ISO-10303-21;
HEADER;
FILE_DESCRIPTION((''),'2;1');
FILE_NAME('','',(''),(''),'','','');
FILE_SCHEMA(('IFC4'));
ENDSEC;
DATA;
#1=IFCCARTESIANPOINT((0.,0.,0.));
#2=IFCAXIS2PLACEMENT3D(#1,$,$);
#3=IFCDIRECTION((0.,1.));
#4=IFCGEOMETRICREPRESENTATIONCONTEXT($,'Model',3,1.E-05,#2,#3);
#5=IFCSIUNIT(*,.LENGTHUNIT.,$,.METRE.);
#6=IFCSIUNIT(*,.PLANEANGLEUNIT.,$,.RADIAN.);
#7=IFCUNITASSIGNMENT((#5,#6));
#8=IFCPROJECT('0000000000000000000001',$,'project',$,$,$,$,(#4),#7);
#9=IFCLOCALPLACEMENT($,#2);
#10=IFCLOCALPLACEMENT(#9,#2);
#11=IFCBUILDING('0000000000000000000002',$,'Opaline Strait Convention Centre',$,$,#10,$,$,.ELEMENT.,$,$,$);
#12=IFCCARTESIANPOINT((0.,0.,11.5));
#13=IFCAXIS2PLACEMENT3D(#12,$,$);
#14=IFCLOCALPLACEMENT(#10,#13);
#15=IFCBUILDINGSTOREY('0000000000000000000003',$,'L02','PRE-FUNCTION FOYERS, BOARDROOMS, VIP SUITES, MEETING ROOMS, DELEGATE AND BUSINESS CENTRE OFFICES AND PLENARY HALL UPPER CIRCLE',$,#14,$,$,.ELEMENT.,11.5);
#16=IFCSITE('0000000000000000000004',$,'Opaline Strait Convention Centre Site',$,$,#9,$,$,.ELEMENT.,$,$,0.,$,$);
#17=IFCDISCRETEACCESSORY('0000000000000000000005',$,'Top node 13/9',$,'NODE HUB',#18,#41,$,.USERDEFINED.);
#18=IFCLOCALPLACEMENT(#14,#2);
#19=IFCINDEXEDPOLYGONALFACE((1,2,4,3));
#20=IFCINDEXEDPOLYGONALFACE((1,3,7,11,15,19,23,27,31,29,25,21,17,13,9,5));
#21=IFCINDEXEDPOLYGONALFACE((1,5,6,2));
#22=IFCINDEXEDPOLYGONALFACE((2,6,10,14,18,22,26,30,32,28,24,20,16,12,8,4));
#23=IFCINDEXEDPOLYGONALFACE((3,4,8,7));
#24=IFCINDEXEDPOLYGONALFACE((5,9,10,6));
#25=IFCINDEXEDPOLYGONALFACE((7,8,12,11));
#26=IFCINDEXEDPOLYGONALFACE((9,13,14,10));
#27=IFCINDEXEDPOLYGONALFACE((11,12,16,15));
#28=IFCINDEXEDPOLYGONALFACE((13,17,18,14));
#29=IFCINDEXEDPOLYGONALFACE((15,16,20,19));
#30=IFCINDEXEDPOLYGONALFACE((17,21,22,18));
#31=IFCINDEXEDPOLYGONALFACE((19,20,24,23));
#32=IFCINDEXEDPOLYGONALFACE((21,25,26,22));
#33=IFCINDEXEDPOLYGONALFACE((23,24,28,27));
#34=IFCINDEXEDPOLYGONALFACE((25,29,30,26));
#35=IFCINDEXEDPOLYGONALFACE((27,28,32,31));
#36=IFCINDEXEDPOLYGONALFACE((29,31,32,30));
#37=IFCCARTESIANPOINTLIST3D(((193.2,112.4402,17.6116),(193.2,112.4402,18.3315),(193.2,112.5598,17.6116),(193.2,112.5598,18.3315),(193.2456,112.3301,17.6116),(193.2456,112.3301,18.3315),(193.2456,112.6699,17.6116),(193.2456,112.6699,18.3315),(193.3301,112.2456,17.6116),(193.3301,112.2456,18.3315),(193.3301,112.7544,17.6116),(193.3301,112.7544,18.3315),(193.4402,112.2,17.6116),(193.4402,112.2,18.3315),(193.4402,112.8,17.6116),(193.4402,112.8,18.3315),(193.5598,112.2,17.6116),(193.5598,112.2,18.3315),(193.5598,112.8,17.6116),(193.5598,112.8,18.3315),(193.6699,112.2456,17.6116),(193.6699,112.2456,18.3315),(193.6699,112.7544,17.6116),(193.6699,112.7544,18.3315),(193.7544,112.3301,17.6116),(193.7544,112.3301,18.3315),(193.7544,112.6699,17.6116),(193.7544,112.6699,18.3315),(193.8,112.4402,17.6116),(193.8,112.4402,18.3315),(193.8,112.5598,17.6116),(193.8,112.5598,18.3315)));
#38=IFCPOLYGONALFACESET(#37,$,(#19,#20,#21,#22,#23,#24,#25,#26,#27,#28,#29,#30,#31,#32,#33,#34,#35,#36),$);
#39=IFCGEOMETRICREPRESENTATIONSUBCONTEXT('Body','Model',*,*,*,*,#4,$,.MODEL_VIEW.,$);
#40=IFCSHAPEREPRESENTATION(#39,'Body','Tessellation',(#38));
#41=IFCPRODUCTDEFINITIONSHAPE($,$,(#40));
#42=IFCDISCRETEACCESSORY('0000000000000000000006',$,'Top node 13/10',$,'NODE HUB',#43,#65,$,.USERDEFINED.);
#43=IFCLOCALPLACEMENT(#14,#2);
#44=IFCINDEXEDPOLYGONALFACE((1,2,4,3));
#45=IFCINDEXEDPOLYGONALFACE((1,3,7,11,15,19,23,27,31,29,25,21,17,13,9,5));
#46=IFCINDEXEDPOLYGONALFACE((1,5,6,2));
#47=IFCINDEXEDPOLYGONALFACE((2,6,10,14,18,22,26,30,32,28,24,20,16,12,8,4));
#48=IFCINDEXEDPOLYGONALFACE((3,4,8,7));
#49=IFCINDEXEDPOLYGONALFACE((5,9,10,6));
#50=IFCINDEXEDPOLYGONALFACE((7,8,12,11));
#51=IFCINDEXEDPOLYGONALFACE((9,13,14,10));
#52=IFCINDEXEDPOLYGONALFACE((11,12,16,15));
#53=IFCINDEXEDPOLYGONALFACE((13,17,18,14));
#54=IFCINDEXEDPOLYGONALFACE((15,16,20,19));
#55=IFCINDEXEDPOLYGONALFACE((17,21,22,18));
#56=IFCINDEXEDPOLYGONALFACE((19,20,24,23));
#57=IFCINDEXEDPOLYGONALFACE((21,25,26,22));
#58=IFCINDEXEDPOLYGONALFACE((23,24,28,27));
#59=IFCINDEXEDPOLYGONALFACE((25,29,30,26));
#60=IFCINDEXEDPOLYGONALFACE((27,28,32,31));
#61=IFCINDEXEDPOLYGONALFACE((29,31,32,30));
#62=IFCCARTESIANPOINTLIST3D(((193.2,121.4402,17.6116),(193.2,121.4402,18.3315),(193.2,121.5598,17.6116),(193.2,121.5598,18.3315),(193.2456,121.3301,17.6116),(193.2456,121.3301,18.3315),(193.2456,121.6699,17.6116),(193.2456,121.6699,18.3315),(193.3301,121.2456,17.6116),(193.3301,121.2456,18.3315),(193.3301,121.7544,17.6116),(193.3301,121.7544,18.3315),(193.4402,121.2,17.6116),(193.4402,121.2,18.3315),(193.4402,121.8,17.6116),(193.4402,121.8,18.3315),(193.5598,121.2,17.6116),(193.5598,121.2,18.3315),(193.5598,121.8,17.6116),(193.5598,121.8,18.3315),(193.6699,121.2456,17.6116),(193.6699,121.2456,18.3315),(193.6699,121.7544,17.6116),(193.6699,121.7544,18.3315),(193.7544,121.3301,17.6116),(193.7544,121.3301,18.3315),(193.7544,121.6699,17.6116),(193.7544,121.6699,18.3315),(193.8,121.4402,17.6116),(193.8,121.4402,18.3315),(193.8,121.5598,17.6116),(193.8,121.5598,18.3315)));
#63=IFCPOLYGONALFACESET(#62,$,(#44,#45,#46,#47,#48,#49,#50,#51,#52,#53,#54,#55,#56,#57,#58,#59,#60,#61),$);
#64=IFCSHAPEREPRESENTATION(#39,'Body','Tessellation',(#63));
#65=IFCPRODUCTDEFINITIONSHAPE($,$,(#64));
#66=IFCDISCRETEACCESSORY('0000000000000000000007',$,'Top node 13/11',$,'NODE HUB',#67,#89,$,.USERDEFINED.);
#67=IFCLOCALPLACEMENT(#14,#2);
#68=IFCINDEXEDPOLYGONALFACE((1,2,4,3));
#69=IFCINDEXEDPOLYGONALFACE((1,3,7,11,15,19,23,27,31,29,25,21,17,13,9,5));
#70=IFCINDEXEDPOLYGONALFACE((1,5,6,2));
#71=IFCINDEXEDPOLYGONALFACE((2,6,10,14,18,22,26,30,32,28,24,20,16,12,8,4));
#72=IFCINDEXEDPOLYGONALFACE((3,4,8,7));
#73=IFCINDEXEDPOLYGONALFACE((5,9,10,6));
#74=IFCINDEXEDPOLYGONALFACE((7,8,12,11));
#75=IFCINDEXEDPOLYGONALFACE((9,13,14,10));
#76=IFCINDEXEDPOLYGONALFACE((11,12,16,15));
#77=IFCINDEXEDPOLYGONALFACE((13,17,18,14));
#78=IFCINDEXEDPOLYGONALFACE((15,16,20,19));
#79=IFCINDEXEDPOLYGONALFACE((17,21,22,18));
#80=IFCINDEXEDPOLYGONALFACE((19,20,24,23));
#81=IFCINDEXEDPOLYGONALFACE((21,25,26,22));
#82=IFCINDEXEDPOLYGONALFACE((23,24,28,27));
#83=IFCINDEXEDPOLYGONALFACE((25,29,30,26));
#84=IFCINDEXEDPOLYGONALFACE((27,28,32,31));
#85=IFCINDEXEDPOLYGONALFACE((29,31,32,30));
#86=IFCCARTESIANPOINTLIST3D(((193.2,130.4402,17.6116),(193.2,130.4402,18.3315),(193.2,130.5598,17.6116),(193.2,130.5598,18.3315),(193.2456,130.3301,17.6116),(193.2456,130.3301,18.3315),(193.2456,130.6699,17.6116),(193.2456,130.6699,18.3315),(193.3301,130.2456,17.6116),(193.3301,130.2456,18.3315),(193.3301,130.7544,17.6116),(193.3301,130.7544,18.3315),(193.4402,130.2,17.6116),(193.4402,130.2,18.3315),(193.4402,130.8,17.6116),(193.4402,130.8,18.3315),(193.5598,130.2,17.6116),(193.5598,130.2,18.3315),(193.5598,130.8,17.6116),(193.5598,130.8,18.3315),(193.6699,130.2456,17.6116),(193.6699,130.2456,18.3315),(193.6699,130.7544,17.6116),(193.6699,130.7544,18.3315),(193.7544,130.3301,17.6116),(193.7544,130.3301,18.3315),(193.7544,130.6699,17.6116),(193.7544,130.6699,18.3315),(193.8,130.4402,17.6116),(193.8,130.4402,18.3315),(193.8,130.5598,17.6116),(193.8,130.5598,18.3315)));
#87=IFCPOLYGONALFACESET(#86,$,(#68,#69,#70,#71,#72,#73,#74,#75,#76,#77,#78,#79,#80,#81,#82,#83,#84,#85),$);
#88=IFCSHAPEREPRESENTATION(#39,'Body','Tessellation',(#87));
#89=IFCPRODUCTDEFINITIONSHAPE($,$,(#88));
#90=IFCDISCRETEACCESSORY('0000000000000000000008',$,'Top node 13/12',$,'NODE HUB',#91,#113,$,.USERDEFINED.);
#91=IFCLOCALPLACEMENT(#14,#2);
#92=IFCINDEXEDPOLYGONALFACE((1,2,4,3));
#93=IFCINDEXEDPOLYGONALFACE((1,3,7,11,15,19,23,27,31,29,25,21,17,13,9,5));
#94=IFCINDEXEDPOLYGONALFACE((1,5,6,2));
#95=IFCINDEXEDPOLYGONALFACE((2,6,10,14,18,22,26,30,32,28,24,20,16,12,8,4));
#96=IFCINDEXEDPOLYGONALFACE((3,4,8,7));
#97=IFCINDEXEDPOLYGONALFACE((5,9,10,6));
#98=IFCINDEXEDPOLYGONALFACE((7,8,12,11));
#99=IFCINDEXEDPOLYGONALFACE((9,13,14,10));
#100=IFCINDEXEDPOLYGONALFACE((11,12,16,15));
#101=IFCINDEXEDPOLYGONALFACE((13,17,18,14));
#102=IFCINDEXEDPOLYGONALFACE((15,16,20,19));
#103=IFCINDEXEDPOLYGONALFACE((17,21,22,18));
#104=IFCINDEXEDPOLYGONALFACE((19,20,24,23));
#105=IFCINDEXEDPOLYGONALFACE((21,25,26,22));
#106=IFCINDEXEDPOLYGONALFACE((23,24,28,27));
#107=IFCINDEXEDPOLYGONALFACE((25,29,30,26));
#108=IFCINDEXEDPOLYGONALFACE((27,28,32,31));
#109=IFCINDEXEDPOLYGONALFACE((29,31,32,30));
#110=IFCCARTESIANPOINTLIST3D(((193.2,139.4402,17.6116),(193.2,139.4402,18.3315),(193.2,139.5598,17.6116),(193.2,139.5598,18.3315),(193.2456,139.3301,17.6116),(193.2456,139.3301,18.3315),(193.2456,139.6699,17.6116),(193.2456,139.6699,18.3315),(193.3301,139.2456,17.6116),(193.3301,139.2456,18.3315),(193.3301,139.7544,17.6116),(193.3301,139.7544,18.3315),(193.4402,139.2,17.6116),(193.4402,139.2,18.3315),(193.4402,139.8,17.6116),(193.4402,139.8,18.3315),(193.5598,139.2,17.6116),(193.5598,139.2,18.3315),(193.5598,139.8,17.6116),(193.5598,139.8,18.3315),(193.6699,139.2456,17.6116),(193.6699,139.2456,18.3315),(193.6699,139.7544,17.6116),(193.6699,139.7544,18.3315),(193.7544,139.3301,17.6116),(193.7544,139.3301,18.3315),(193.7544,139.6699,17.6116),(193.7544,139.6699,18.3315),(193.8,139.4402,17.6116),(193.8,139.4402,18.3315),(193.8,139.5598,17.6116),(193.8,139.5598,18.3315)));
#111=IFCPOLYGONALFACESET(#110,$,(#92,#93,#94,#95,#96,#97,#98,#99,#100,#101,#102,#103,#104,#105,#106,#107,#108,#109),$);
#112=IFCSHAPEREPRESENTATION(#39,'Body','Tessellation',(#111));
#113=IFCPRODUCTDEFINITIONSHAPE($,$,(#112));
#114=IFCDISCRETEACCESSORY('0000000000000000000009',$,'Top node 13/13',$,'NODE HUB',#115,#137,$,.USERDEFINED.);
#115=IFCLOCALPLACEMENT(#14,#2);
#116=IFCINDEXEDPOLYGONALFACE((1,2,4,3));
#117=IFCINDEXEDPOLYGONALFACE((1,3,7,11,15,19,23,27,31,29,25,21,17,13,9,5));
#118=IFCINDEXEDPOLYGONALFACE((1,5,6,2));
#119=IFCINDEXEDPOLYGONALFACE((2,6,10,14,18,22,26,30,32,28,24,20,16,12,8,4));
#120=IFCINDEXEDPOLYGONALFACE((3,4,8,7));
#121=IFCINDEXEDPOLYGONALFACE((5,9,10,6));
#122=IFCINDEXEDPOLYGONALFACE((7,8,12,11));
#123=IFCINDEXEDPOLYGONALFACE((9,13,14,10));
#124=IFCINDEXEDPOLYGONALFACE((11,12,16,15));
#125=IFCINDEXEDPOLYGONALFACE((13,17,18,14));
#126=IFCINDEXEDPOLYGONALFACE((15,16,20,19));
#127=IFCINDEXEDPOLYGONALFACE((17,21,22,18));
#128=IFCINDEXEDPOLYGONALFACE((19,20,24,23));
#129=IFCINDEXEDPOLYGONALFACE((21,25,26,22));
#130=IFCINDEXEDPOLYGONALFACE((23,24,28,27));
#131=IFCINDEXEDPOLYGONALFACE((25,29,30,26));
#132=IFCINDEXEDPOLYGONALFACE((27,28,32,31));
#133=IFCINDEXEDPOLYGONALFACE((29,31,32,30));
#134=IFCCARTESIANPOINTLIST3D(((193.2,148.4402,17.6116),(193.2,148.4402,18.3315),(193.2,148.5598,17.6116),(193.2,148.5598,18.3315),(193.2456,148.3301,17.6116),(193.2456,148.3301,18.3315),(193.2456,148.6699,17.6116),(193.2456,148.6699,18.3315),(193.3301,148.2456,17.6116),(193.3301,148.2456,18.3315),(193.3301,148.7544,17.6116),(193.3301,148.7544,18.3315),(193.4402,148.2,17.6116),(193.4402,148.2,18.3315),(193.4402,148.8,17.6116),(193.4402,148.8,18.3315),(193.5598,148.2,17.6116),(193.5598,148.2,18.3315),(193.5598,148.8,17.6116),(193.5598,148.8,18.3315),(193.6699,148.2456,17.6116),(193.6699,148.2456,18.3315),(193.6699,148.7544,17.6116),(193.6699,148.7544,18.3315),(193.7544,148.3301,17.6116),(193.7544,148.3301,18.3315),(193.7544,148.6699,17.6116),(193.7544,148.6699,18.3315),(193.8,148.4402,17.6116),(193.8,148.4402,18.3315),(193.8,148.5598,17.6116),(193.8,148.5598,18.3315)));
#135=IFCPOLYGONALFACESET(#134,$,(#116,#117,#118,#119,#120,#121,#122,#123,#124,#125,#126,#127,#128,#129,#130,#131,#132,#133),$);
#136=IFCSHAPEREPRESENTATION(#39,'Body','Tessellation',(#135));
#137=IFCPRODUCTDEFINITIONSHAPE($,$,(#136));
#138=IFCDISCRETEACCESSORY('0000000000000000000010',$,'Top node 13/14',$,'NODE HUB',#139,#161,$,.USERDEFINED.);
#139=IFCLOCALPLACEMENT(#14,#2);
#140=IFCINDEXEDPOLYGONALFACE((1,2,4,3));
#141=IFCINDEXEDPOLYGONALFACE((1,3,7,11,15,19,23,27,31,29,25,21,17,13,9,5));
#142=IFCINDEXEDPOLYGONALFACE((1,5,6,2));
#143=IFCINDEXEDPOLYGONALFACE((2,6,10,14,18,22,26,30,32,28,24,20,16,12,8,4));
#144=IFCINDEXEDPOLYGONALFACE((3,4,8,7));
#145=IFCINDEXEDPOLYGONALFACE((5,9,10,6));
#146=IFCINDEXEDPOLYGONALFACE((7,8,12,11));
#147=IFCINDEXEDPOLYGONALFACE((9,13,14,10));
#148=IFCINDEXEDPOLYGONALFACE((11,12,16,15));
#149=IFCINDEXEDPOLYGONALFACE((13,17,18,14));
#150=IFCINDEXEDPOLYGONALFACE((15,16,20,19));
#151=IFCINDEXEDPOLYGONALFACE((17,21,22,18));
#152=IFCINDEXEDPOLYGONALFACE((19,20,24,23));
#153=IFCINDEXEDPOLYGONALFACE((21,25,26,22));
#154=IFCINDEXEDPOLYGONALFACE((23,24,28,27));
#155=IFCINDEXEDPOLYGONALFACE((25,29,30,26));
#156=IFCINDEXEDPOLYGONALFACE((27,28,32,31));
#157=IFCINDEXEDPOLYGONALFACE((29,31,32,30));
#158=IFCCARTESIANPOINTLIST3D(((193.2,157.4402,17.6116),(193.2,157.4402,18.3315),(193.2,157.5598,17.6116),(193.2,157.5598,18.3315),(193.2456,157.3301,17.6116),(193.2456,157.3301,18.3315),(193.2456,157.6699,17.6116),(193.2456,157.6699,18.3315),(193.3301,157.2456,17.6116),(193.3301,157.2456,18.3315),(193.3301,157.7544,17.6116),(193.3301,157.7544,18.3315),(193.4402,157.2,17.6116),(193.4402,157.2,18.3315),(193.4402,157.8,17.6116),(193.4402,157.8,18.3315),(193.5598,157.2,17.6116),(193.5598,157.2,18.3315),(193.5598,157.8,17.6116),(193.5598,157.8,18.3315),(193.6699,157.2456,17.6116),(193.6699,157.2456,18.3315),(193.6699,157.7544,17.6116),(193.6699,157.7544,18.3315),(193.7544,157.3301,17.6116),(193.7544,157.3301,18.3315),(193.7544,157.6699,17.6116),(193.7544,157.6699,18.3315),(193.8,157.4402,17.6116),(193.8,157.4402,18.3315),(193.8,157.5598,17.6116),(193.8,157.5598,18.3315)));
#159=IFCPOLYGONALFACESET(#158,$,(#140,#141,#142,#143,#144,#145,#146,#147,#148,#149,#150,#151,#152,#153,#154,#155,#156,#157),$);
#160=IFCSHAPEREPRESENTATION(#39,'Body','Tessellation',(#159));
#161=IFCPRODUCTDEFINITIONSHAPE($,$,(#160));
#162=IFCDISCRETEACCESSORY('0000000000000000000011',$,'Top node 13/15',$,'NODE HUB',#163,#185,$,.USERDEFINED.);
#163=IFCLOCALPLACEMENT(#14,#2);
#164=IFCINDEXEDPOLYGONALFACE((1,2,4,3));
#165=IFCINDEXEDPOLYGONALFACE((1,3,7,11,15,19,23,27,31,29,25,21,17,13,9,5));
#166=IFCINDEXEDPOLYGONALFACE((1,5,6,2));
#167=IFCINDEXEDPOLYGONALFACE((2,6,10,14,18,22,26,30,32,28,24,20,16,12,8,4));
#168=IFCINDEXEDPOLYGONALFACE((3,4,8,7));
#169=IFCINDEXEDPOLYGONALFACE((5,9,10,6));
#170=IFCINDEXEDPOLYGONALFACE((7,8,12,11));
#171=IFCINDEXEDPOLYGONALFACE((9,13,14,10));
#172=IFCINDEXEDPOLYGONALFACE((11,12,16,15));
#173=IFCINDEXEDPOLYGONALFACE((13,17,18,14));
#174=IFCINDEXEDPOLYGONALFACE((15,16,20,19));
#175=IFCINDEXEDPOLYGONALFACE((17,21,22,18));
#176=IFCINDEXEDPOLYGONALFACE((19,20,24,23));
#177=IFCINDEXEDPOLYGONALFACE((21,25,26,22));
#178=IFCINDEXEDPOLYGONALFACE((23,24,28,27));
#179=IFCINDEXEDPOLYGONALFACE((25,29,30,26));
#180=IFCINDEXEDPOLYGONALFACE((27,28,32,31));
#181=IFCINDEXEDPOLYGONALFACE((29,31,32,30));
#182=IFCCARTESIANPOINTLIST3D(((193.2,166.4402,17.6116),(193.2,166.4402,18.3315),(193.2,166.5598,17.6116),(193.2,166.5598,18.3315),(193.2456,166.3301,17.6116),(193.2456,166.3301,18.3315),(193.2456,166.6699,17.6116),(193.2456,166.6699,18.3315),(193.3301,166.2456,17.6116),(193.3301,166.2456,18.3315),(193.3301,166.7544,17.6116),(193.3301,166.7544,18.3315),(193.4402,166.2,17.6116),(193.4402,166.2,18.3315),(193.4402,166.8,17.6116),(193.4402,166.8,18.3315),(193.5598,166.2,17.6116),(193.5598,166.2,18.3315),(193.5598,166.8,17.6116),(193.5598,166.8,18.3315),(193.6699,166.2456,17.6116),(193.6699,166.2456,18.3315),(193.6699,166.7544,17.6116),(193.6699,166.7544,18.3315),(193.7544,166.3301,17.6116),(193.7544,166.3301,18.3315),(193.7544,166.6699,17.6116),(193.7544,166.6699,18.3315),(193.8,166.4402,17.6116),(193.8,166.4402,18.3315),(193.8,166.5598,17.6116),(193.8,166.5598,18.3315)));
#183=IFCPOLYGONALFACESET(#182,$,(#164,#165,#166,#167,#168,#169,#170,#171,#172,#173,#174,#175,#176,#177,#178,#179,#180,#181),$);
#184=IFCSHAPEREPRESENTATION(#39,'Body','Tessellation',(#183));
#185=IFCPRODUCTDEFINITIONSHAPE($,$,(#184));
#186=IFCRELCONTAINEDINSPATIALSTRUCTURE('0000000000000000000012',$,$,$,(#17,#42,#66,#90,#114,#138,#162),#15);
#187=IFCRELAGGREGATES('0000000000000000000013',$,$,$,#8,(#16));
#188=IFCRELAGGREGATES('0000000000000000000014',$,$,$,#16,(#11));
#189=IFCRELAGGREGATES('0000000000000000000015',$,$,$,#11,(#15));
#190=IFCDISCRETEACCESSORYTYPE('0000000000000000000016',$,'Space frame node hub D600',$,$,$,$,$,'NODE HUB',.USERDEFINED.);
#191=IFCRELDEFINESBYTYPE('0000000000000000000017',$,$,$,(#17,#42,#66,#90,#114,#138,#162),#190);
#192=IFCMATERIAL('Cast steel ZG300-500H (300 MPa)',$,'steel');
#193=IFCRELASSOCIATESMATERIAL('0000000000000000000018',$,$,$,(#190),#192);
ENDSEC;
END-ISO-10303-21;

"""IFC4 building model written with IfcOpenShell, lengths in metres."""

from ifc_helpers import new_model, si_unit, direction, frame, origin, place, context, subcontext, project, spatial, polyline, outline, extrude, material, type_object, element, save


model = new_model("IFC4")

# Units and contexts
model_context = context("Model", 3, precision=1e-05, world=origin(), true_north=direction((0.0, 1.0)))
body_context = subcontext(model_context, "Body", "Model", "MODEL_VIEW")
ifc_project = project(units=[si_unit("LENGTHUNIT", "METRE"), si_unit("PLANEANGLEUNIT", "RADIAN")], contexts=[model_context])

# Site, building, storey
site_placement = place(None, origin())
site = spatial("IfcSite", under=ifc_project, at=site_placement, Name="Opaline Strait Convention Centre Site", CompositionType="ELEMENT", RefElevation=0.0)
building_placement = place(site_placement, origin())
building = spatial("IfcBuilding", under=site, at=building_placement, Name="Opaline Strait Convention Centre", CompositionType="ELEMENT")
storey_placement = place(building_placement, frame((0.0, 0.0, 11.5)))
storey = spatial("IfcBuildingStorey", under=building, at=storey_placement, Name="L02", Description="PRE-FUNCTION FOYERS, BOARDROOMS, VIP SUITES, MEETING ROOMS, DELEGATE AND BUSINESS CENTRE OFFICES AND PLENARY HALL UPPER CIRCLE", CompositionType="ELEMENT", Elevation=11.5)

# Discrete accessories
ifc_material = material(Name="Cast steel ZG300-500H (300 MPa)", Category="steel")
discrete_accessory_type = type_object("IfcDiscreteAccessoryType", Name="Space frame node hub D600", ElementType="NODE HUB", PredefinedType="USERDEFINED", material=ifc_material)
discrete_accessory_1_placement = place(storey_placement, frame((0.0, 0.0, 17.6116)))
element("IfcDiscreteAccessory", 1, at=discrete_accessory_1_placement, inside=storey, type_object=discrete_accessory_type, Name="Top node 13/9", ObjectType="NODE HUB", PredefinedType="USERDEFINED", context=body_context, shape_type="SweptSolid", body=[
    extrude(outline(polyline([(193.8, 112.5598), (193.7544, 112.6699), (193.6699, 112.7544), (193.5598, 112.8), (193.4402, 112.8), (193.3301, 112.7544), (193.2456, 112.6699), (193.2, 112.5598), (193.2, 112.4402), (193.2456, 112.3301), (193.3301, 112.2456), (193.4402, 112.2), (193.5598, 112.2), (193.6699, 112.2456), (193.7544, 112.3301), (193.8, 112.4402), (193.8, 112.5598)])), origin(), (0.0, 0.0, 1.0), 0.72),
])
discrete_accessory_2_placement = place(storey_placement, frame((0.0, 0.0, 17.6116)))
element("IfcDiscreteAccessory", 2, at=discrete_accessory_2_placement, inside=storey, type_object=discrete_accessory_type, Name="Top node 13/10", ObjectType="NODE HUB", PredefinedType="USERDEFINED", context=body_context, shape_type="SweptSolid", body=[
    extrude(outline(polyline([(193.8, 121.5598), (193.7544, 121.6699), (193.6699, 121.7544), (193.5598, 121.8), (193.4402, 121.8), (193.3301, 121.7544), (193.2456, 121.6699), (193.2, 121.5598), (193.2, 121.4402), (193.2456, 121.3301), (193.3301, 121.2456), (193.4402, 121.2), (193.5598, 121.2), (193.6699, 121.2456), (193.7544, 121.3301), (193.8, 121.4402), (193.8, 121.5598)])), origin(), (0.0, 0.0, 1.0), 0.72),
])
discrete_accessory_3_placement = place(storey_placement, frame((0.0, 0.0, 17.6116)))
element("IfcDiscreteAccessory", 3, at=discrete_accessory_3_placement, inside=storey, type_object=discrete_accessory_type, Name="Top node 13/11", ObjectType="NODE HUB", PredefinedType="USERDEFINED", context=body_context, shape_type="SweptSolid", body=[
    extrude(outline(polyline([(193.8, 130.5598), (193.7544, 130.6699), (193.6699, 130.7544), (193.5598, 130.8), (193.4402, 130.8), (193.3301, 130.7544), (193.2456, 130.6699), (193.2, 130.5598), (193.2, 130.4402), (193.2456, 130.3301), (193.3301, 130.2456), (193.4402, 130.2), (193.5598, 130.2), (193.6699, 130.2456), (193.7544, 130.3301), (193.8, 130.4402), (193.8, 130.5598)])), origin(), (0.0, 0.0, 1.0), 0.72),
])
discrete_accessory_4_placement = place(storey_placement, frame((0.0, 0.0, 17.6116)))
element("IfcDiscreteAccessory", 4, at=discrete_accessory_4_placement, inside=storey, type_object=discrete_accessory_type, Name="Top node 13/12", ObjectType="NODE HUB", PredefinedType="USERDEFINED", context=body_context, shape_type="SweptSolid", body=[
    extrude(outline(polyline([(193.8, 139.5598), (193.7544, 139.6699), (193.6699, 139.7544), (193.5598, 139.8), (193.4402, 139.8), (193.3301, 139.7544), (193.2456, 139.6699), (193.2, 139.5598), (193.2, 139.4402), (193.2456, 139.3301), (193.3301, 139.2456), (193.4402, 139.2), (193.5598, 139.2), (193.6699, 139.2456), (193.7544, 139.3301), (193.8, 139.4402), (193.8, 139.5598)])), origin(), (0.0, 0.0, 1.0), 0.72),
])
discrete_accessory_5_placement = place(storey_placement, frame((0.0, 0.0, 17.6116)))
element("IfcDiscreteAccessory", 5, at=discrete_accessory_5_placement, inside=storey, type_object=discrete_accessory_type, Name="Top node 13/13", ObjectType="NODE HUB", PredefinedType="USERDEFINED", context=body_context, shape_type="SweptSolid", body=[
    extrude(outline(polyline([(193.8, 148.5598), (193.7544, 148.6699), (193.6699, 148.7544), (193.5598, 148.8), (193.4402, 148.8), (193.3301, 148.7544), (193.2456, 148.6699), (193.2, 148.5598), (193.2, 148.4402), (193.2456, 148.3301), (193.3301, 148.2456), (193.4402, 148.2), (193.5598, 148.2), (193.6699, 148.2456), (193.7544, 148.3301), (193.8, 148.4402), (193.8, 148.5598)])), origin(), (0.0, 0.0, 1.0), 0.72),
])
discrete_accessory_6_placement = place(storey_placement, frame((0.0, 0.0, 17.6116)))
element("IfcDiscreteAccessory", 6, at=discrete_accessory_6_placement, inside=storey, type_object=discrete_accessory_type, Name="Top node 13/14", ObjectType="NODE HUB", PredefinedType="USERDEFINED", context=body_context, shape_type="SweptSolid", body=[
    extrude(outline(polyline([(193.8, 157.5598), (193.7544, 157.6699), (193.6699, 157.7544), (193.5598, 157.8), (193.4402, 157.8), (193.3301, 157.7544), (193.2456, 157.6699), (193.2, 157.5598), (193.2, 157.4402), (193.2456, 157.3301), (193.3301, 157.2456), (193.4402, 157.2), (193.5598, 157.2), (193.6699, 157.2456), (193.7544, 157.3301), (193.8, 157.4402), (193.8, 157.5598)])), origin(), (0.0, 0.0, 1.0), 0.72),
])
discrete_accessory_7_placement = place(storey_placement, frame((0.0, 0.0, 17.6116)))
element("IfcDiscreteAccessory", 7, at=discrete_accessory_7_placement, inside=storey, type_object=discrete_accessory_type, Name="Top node 13/15", ObjectType="NODE HUB", PredefinedType="USERDEFINED", context=body_context, shape_type="SweptSolid", body=[
    extrude(outline(polyline([(193.8, 166.5598), (193.7544, 166.6699), (193.6699, 166.7544), (193.5598, 166.8), (193.4402, 166.8), (193.3301, 166.7544), (193.2456, 166.6699), (193.2, 166.5598), (193.2, 166.4402), (193.2456, 166.3301), (193.3301, 166.2456), (193.4402, 166.2), (193.5598, 166.2), (193.6699, 166.2456), (193.7544, 166.3301), (193.8, 166.4402), (193.8, 166.5598)])), origin(), (0.0, 0.0, 1.0), 0.72),
])

save(model, "model.ifc")
